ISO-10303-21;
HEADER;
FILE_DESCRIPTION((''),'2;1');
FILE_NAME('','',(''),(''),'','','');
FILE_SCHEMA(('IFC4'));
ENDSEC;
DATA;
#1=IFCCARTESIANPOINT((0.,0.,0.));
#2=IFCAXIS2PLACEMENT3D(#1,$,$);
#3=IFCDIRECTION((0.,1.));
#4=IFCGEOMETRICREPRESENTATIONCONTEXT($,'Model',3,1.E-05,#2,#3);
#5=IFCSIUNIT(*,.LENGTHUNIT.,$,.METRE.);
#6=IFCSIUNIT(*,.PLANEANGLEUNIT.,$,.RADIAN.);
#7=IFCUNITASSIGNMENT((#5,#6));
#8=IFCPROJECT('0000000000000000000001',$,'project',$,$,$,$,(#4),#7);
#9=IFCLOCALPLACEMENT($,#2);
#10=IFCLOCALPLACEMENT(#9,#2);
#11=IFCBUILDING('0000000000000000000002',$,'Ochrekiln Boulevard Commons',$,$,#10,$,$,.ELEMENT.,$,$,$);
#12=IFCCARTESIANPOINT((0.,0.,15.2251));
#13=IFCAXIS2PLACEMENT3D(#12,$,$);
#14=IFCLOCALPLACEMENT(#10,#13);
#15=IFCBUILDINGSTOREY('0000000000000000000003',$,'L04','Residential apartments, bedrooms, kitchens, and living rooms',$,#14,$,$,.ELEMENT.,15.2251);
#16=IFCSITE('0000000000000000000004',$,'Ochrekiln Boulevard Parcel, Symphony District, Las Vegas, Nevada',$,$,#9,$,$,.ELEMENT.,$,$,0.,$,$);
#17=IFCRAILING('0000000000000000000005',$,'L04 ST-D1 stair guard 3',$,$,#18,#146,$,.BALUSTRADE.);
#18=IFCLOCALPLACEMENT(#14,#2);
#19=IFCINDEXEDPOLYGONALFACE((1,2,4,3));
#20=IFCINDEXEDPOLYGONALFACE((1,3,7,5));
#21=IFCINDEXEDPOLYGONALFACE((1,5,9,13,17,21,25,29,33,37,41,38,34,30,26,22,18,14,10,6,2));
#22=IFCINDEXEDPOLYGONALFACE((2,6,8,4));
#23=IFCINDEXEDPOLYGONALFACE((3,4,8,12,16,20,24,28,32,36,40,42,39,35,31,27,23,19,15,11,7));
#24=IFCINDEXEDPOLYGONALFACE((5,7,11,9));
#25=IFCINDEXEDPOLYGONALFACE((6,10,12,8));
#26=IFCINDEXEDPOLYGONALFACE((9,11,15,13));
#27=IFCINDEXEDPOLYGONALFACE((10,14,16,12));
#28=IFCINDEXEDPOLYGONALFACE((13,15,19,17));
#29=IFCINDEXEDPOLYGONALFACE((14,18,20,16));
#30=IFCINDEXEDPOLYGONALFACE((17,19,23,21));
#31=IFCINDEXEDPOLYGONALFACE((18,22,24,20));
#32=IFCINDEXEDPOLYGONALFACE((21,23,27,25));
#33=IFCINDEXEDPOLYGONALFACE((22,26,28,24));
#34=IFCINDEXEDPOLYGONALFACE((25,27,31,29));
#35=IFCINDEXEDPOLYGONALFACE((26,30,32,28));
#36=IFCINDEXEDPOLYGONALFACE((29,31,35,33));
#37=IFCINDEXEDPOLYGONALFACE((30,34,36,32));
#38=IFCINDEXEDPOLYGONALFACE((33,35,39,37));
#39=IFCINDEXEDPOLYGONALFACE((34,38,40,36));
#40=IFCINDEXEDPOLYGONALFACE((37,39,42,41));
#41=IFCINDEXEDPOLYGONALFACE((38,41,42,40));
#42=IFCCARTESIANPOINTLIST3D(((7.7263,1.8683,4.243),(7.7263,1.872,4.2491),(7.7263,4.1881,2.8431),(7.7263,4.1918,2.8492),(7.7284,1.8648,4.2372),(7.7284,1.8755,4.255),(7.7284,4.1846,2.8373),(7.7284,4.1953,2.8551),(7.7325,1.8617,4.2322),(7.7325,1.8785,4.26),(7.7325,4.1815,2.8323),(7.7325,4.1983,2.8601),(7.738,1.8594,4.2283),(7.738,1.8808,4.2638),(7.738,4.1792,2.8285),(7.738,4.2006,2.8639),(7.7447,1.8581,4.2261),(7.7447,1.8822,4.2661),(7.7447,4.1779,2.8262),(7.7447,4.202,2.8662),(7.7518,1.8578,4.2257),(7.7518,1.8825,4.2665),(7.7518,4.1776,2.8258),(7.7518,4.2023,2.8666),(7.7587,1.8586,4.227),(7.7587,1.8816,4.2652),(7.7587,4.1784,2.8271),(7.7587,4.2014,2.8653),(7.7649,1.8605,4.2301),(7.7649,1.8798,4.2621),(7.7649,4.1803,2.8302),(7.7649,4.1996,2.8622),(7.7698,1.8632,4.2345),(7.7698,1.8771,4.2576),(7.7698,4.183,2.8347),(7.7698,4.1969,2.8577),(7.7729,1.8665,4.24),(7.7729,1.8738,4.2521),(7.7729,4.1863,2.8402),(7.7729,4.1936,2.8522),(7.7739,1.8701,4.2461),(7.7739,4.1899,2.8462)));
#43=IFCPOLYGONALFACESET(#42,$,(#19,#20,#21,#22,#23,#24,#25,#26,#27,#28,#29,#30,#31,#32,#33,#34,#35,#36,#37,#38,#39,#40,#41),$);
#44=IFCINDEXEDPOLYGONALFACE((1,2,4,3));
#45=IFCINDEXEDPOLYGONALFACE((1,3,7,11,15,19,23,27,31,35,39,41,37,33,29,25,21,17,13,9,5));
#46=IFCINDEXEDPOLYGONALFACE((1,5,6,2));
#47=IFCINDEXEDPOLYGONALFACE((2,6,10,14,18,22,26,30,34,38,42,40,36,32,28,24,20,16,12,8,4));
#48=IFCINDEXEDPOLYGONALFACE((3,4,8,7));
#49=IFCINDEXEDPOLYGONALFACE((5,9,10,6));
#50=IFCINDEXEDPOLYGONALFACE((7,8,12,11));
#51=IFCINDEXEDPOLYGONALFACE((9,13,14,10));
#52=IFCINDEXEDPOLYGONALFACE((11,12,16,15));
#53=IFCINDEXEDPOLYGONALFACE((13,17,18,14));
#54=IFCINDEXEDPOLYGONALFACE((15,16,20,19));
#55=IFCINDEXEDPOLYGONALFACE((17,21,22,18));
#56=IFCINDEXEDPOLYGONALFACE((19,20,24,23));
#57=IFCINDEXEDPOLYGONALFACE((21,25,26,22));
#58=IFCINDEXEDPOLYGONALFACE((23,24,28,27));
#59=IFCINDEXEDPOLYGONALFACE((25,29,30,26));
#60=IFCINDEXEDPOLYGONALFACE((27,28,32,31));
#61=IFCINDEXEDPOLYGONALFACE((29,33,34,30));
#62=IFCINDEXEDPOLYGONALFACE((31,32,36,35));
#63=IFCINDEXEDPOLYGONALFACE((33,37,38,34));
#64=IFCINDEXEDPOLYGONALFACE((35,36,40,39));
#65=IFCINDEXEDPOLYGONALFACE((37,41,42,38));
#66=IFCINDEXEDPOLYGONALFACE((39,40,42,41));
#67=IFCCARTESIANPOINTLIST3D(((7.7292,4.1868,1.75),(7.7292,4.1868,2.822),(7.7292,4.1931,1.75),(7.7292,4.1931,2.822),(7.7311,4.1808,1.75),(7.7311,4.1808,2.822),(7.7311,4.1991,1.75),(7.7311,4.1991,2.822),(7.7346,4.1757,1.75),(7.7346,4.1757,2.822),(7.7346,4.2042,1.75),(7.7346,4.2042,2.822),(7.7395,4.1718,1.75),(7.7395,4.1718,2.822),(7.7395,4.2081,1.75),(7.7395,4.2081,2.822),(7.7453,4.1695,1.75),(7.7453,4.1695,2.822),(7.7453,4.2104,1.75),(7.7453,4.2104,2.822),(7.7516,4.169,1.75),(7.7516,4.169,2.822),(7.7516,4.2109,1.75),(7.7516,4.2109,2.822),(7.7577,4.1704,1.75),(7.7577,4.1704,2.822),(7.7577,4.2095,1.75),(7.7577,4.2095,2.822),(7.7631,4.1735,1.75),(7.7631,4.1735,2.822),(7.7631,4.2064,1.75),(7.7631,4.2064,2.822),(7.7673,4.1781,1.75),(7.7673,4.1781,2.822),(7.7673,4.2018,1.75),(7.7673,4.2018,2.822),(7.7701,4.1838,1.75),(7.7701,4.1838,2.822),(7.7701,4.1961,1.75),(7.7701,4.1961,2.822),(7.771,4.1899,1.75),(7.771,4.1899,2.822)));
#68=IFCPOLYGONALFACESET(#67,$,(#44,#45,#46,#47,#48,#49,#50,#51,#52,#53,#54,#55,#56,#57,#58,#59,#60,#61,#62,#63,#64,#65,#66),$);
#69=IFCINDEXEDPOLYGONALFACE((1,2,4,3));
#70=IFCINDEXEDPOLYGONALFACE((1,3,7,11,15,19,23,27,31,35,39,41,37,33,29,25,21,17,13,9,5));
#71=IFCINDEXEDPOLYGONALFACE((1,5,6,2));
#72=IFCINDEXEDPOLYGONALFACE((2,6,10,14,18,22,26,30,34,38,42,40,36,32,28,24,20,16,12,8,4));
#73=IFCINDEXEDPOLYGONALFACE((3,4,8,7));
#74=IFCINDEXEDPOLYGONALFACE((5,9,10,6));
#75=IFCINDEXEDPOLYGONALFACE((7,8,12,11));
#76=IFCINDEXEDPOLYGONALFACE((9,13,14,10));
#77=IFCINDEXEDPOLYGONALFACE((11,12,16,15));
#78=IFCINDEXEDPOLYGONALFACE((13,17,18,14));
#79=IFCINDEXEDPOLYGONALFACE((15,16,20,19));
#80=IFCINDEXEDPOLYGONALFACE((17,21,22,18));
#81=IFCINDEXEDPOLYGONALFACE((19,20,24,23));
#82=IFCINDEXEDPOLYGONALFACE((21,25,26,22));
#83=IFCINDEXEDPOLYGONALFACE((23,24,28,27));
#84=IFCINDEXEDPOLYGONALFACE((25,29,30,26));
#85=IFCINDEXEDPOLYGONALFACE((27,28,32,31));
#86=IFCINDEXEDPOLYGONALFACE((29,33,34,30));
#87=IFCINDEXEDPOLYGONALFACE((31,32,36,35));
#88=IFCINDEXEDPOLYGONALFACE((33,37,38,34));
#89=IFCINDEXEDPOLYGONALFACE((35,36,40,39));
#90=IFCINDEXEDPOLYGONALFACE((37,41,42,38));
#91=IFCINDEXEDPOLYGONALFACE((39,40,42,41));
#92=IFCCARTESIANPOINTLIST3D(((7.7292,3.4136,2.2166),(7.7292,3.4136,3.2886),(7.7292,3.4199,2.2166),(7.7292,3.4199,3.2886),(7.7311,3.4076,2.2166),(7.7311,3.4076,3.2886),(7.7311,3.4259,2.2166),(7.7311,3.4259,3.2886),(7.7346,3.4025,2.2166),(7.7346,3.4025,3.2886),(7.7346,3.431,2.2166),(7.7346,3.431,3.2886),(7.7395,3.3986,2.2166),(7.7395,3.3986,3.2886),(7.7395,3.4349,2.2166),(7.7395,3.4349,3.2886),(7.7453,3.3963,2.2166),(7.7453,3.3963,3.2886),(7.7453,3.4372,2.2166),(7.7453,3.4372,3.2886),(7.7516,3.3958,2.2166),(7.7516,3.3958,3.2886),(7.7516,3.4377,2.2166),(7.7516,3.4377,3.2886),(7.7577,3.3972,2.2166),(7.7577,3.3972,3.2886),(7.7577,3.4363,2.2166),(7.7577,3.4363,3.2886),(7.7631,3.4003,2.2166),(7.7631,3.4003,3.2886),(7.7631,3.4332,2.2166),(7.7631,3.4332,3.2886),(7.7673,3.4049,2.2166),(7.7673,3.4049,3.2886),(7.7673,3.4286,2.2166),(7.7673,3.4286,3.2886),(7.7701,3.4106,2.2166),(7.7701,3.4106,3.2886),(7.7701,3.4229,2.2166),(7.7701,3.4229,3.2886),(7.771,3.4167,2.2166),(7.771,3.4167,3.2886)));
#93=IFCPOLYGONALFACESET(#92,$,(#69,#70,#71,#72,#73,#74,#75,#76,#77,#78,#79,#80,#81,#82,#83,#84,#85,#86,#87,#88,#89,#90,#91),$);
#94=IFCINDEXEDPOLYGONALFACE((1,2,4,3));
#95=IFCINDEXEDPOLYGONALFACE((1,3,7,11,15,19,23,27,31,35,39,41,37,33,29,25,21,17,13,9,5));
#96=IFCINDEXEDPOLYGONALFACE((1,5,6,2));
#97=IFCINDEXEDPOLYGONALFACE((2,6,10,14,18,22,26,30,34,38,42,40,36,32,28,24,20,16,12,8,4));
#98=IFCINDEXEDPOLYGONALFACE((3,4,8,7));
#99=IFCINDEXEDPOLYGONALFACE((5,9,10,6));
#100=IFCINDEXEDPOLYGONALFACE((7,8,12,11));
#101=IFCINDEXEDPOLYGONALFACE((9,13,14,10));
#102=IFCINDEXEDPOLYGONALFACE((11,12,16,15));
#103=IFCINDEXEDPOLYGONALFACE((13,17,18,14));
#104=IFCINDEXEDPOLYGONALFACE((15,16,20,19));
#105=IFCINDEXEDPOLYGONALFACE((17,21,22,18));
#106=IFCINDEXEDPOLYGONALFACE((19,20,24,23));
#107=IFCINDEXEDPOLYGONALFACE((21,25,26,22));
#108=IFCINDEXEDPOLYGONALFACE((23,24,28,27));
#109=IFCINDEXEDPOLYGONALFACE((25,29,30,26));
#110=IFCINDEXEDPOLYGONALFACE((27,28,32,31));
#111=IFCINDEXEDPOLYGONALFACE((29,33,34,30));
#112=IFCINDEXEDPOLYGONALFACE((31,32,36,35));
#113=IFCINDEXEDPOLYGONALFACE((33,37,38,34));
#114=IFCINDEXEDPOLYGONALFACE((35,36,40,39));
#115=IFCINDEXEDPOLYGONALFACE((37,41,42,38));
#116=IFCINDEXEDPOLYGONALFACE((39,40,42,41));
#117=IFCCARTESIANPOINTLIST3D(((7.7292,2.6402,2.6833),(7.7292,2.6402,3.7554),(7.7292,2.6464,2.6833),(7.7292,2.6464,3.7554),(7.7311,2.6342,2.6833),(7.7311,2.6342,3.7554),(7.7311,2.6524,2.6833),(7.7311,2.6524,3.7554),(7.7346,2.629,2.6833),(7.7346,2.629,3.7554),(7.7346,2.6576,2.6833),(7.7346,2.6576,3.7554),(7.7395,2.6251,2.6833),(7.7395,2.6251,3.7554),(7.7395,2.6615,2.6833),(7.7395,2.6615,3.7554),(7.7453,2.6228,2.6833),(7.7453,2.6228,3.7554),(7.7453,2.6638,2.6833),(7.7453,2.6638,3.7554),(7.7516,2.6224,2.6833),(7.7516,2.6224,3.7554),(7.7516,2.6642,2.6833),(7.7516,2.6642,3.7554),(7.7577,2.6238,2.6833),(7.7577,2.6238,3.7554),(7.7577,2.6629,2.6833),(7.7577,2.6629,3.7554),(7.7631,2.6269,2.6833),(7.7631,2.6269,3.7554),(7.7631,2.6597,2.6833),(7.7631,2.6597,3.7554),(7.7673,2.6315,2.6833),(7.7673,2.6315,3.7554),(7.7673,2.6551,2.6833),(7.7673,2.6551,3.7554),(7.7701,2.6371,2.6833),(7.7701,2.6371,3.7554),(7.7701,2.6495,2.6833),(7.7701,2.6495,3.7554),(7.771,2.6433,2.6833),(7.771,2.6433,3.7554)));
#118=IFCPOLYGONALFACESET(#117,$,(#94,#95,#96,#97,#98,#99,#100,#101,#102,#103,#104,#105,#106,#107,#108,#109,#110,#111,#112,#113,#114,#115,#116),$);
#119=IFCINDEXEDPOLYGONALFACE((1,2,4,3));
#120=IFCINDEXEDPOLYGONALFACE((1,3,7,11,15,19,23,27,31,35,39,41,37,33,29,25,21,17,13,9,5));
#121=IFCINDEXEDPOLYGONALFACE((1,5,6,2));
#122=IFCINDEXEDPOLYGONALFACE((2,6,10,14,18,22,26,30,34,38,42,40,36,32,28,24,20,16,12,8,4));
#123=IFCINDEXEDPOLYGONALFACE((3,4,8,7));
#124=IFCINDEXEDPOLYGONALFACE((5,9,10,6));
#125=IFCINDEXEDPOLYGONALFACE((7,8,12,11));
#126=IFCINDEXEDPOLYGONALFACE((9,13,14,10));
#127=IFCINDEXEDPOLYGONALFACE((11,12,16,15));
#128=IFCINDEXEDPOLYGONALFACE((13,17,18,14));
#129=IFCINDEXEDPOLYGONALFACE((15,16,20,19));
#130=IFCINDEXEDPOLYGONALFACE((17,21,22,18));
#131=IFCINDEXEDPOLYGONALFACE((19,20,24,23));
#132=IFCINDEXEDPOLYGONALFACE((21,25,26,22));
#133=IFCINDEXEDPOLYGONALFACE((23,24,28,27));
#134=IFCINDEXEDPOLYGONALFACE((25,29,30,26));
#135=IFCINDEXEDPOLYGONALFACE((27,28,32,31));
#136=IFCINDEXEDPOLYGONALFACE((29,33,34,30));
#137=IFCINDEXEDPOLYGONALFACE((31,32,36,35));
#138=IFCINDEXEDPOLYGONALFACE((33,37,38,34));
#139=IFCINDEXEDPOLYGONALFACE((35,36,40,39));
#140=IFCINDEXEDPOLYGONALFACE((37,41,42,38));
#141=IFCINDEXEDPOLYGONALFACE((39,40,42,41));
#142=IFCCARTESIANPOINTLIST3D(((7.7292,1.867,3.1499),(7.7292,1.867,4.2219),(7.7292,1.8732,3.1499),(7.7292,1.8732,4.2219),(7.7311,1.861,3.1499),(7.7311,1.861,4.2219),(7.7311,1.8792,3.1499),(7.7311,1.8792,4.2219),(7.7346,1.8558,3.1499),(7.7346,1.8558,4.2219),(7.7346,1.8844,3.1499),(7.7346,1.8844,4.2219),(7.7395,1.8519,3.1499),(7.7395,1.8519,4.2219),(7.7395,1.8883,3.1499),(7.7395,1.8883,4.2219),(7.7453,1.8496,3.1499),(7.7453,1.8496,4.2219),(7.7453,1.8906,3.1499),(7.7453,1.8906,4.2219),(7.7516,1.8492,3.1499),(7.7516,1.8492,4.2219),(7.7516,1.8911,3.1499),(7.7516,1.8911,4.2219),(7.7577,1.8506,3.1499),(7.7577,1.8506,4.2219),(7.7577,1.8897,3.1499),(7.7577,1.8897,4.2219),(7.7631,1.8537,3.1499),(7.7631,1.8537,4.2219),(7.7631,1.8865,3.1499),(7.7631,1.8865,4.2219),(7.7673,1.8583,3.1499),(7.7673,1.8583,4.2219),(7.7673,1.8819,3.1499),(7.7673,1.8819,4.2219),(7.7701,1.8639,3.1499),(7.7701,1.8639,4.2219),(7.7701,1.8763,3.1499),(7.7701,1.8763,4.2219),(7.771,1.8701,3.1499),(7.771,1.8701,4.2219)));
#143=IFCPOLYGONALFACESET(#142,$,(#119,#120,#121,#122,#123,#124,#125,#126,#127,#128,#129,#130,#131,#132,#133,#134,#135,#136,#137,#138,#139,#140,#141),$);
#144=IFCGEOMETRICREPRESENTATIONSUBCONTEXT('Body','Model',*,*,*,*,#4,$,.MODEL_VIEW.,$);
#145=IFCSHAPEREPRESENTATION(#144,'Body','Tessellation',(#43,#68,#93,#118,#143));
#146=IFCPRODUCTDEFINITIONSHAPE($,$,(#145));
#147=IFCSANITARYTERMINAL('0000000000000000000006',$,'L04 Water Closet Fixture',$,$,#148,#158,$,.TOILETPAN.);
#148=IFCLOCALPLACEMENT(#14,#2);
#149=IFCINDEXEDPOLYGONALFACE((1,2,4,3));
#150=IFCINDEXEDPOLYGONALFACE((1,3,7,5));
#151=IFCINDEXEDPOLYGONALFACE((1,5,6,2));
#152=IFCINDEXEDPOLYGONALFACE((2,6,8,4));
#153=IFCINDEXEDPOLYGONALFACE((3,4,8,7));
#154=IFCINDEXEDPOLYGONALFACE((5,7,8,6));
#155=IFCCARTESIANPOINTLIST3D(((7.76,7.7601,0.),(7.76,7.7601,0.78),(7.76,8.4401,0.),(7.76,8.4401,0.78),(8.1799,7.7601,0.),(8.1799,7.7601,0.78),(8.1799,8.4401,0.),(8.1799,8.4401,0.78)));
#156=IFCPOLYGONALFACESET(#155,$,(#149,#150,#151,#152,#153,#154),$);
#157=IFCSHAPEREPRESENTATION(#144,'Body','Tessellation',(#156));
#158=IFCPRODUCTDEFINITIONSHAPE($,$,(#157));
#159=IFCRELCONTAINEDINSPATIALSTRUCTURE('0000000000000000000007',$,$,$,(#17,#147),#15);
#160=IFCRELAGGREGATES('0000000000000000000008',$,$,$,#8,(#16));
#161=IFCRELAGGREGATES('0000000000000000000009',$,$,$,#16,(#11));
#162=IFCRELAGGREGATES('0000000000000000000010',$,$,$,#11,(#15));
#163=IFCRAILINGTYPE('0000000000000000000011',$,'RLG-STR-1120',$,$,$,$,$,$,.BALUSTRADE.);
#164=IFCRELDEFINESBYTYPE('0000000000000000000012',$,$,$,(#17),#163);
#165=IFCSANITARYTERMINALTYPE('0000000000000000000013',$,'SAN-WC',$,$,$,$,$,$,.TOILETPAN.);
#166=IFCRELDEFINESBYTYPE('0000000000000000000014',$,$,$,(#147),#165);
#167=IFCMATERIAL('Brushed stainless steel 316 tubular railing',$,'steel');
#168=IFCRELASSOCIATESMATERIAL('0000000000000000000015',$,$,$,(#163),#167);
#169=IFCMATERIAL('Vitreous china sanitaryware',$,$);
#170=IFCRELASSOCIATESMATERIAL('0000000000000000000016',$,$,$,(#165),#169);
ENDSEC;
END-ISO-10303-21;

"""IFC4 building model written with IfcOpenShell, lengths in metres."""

from ifc_helpers import new_model, si_unit, direction, frame, origin, origin_2d, place, context, subcontext, project, spatial, rectangle, circle, extrude, material, type_object, element, save


model = new_model("IFC4")

# Units and contexts
model_context = context("Model", 3, precision=1e-05, world=origin(), true_north=direction((0.0, 1.0)))
body_context = subcontext(model_context, "Body", "Model", "MODEL_VIEW")
ifc_project = project(units=[si_unit("LENGTHUNIT", "METRE"), si_unit("PLANEANGLEUNIT", "RADIAN")], contexts=[model_context])

# Site, building, storey
site_placement = place(None, origin())
site = spatial("IfcSite", under=ifc_project, at=site_placement, Name="Ochrekiln Boulevard Parcel, Symphony District, Las Vegas, Nevada", CompositionType="ELEMENT", RefElevation=0.0)
building_placement = place(site_placement, origin())
building = spatial("IfcBuilding", under=site, at=building_placement, Name="Ochrekiln Boulevard Commons", CompositionType="ELEMENT")
storey_placement = place(building_placement, frame((0.0, 0.0, 15.2251)))
storey = spatial("IfcBuildingStorey", under=building, at=storey_placement, Name="L04", Description="Residential apartments, bedrooms, kitchens, and living rooms", CompositionType="ELEMENT", Elevation=15.2251)

# Railing
ifc_material_1 = material(Name="Brushed stainless steel 316 tubular railing", Category="steel")
railing_type_1 = type_object("IfcRailingType", Name="RLG-STR-1120", PredefinedType="BALUSTRADE", material=ifc_material_1)
railing_1_placement = place(storey_placement, frame((7.75, 4.1899, 1.75)))
element("IfcRailing", 1, at=railing_1_placement, inside=storey, type_object=railing_type_1, Name="L04 ST-D1 stair guard 3", PredefinedType="BALUSTRADE", context=body_context, shape_type="SweptSolid", body=[
    extrude(circle(Radius=0.0239, at=origin_2d()), frame((0.0, 0.0, 1.0962), z_axis=(0.0, -0.856186, 0.516667), x_axis=(1.0, 0.0, 0.0)), (0.0, 0.0, 1.0), 2.7095),
    extrude(circle(Radius=0.021, at=origin_2d()), origin(), (0.0, 0.0, 1.0), 1.072),
    extrude(circle(Radius=0.021, at=origin_2d()), frame((0.0, -0.7732, 0.4666)), (0.0, 0.0, 1.0), 1.072),
    extrude(circle(Radius=0.021, at=origin_2d()), frame((0.0, -1.5466, 0.9333)), (0.0, 0.0, 1.0), 1.072),
    extrude(circle(Radius=0.021, at=origin_2d()), frame((0.0, -2.3198, 1.3999)), (0.0, 0.0, 1.0), 1.072),
])

# Sanitary terminal
ifc_material_2 = material(Name="Vitreous china sanitaryware")
sanitary_terminal_type = type_object("IfcSanitaryTerminalType", Name="SAN-WC", PredefinedType="TOILETPAN", material=ifc_material_2)
sanitary_terminal_placement = place(storey_placement, frame((7.97, 8.1001, 0.0), z_axis=(0.0, 0.0, 1.0), x_axis=(1.0, 0.0, 0.0)))
element("IfcSanitaryTerminal", 2, at=sanitary_terminal_placement, inside=storey, type_object=sanitary_terminal_type, Name="L04 Water Closet Fixture", PredefinedType="TOILETPAN", context=body_context, shape_type="SweptSolid", body=[
    extrude(rectangle(XDim=0.4199, YDim=0.6799, at=origin_2d()), origin(), (0.0, 0.0, 1.0), 0.78),
])

save(model, "model.ifc")
